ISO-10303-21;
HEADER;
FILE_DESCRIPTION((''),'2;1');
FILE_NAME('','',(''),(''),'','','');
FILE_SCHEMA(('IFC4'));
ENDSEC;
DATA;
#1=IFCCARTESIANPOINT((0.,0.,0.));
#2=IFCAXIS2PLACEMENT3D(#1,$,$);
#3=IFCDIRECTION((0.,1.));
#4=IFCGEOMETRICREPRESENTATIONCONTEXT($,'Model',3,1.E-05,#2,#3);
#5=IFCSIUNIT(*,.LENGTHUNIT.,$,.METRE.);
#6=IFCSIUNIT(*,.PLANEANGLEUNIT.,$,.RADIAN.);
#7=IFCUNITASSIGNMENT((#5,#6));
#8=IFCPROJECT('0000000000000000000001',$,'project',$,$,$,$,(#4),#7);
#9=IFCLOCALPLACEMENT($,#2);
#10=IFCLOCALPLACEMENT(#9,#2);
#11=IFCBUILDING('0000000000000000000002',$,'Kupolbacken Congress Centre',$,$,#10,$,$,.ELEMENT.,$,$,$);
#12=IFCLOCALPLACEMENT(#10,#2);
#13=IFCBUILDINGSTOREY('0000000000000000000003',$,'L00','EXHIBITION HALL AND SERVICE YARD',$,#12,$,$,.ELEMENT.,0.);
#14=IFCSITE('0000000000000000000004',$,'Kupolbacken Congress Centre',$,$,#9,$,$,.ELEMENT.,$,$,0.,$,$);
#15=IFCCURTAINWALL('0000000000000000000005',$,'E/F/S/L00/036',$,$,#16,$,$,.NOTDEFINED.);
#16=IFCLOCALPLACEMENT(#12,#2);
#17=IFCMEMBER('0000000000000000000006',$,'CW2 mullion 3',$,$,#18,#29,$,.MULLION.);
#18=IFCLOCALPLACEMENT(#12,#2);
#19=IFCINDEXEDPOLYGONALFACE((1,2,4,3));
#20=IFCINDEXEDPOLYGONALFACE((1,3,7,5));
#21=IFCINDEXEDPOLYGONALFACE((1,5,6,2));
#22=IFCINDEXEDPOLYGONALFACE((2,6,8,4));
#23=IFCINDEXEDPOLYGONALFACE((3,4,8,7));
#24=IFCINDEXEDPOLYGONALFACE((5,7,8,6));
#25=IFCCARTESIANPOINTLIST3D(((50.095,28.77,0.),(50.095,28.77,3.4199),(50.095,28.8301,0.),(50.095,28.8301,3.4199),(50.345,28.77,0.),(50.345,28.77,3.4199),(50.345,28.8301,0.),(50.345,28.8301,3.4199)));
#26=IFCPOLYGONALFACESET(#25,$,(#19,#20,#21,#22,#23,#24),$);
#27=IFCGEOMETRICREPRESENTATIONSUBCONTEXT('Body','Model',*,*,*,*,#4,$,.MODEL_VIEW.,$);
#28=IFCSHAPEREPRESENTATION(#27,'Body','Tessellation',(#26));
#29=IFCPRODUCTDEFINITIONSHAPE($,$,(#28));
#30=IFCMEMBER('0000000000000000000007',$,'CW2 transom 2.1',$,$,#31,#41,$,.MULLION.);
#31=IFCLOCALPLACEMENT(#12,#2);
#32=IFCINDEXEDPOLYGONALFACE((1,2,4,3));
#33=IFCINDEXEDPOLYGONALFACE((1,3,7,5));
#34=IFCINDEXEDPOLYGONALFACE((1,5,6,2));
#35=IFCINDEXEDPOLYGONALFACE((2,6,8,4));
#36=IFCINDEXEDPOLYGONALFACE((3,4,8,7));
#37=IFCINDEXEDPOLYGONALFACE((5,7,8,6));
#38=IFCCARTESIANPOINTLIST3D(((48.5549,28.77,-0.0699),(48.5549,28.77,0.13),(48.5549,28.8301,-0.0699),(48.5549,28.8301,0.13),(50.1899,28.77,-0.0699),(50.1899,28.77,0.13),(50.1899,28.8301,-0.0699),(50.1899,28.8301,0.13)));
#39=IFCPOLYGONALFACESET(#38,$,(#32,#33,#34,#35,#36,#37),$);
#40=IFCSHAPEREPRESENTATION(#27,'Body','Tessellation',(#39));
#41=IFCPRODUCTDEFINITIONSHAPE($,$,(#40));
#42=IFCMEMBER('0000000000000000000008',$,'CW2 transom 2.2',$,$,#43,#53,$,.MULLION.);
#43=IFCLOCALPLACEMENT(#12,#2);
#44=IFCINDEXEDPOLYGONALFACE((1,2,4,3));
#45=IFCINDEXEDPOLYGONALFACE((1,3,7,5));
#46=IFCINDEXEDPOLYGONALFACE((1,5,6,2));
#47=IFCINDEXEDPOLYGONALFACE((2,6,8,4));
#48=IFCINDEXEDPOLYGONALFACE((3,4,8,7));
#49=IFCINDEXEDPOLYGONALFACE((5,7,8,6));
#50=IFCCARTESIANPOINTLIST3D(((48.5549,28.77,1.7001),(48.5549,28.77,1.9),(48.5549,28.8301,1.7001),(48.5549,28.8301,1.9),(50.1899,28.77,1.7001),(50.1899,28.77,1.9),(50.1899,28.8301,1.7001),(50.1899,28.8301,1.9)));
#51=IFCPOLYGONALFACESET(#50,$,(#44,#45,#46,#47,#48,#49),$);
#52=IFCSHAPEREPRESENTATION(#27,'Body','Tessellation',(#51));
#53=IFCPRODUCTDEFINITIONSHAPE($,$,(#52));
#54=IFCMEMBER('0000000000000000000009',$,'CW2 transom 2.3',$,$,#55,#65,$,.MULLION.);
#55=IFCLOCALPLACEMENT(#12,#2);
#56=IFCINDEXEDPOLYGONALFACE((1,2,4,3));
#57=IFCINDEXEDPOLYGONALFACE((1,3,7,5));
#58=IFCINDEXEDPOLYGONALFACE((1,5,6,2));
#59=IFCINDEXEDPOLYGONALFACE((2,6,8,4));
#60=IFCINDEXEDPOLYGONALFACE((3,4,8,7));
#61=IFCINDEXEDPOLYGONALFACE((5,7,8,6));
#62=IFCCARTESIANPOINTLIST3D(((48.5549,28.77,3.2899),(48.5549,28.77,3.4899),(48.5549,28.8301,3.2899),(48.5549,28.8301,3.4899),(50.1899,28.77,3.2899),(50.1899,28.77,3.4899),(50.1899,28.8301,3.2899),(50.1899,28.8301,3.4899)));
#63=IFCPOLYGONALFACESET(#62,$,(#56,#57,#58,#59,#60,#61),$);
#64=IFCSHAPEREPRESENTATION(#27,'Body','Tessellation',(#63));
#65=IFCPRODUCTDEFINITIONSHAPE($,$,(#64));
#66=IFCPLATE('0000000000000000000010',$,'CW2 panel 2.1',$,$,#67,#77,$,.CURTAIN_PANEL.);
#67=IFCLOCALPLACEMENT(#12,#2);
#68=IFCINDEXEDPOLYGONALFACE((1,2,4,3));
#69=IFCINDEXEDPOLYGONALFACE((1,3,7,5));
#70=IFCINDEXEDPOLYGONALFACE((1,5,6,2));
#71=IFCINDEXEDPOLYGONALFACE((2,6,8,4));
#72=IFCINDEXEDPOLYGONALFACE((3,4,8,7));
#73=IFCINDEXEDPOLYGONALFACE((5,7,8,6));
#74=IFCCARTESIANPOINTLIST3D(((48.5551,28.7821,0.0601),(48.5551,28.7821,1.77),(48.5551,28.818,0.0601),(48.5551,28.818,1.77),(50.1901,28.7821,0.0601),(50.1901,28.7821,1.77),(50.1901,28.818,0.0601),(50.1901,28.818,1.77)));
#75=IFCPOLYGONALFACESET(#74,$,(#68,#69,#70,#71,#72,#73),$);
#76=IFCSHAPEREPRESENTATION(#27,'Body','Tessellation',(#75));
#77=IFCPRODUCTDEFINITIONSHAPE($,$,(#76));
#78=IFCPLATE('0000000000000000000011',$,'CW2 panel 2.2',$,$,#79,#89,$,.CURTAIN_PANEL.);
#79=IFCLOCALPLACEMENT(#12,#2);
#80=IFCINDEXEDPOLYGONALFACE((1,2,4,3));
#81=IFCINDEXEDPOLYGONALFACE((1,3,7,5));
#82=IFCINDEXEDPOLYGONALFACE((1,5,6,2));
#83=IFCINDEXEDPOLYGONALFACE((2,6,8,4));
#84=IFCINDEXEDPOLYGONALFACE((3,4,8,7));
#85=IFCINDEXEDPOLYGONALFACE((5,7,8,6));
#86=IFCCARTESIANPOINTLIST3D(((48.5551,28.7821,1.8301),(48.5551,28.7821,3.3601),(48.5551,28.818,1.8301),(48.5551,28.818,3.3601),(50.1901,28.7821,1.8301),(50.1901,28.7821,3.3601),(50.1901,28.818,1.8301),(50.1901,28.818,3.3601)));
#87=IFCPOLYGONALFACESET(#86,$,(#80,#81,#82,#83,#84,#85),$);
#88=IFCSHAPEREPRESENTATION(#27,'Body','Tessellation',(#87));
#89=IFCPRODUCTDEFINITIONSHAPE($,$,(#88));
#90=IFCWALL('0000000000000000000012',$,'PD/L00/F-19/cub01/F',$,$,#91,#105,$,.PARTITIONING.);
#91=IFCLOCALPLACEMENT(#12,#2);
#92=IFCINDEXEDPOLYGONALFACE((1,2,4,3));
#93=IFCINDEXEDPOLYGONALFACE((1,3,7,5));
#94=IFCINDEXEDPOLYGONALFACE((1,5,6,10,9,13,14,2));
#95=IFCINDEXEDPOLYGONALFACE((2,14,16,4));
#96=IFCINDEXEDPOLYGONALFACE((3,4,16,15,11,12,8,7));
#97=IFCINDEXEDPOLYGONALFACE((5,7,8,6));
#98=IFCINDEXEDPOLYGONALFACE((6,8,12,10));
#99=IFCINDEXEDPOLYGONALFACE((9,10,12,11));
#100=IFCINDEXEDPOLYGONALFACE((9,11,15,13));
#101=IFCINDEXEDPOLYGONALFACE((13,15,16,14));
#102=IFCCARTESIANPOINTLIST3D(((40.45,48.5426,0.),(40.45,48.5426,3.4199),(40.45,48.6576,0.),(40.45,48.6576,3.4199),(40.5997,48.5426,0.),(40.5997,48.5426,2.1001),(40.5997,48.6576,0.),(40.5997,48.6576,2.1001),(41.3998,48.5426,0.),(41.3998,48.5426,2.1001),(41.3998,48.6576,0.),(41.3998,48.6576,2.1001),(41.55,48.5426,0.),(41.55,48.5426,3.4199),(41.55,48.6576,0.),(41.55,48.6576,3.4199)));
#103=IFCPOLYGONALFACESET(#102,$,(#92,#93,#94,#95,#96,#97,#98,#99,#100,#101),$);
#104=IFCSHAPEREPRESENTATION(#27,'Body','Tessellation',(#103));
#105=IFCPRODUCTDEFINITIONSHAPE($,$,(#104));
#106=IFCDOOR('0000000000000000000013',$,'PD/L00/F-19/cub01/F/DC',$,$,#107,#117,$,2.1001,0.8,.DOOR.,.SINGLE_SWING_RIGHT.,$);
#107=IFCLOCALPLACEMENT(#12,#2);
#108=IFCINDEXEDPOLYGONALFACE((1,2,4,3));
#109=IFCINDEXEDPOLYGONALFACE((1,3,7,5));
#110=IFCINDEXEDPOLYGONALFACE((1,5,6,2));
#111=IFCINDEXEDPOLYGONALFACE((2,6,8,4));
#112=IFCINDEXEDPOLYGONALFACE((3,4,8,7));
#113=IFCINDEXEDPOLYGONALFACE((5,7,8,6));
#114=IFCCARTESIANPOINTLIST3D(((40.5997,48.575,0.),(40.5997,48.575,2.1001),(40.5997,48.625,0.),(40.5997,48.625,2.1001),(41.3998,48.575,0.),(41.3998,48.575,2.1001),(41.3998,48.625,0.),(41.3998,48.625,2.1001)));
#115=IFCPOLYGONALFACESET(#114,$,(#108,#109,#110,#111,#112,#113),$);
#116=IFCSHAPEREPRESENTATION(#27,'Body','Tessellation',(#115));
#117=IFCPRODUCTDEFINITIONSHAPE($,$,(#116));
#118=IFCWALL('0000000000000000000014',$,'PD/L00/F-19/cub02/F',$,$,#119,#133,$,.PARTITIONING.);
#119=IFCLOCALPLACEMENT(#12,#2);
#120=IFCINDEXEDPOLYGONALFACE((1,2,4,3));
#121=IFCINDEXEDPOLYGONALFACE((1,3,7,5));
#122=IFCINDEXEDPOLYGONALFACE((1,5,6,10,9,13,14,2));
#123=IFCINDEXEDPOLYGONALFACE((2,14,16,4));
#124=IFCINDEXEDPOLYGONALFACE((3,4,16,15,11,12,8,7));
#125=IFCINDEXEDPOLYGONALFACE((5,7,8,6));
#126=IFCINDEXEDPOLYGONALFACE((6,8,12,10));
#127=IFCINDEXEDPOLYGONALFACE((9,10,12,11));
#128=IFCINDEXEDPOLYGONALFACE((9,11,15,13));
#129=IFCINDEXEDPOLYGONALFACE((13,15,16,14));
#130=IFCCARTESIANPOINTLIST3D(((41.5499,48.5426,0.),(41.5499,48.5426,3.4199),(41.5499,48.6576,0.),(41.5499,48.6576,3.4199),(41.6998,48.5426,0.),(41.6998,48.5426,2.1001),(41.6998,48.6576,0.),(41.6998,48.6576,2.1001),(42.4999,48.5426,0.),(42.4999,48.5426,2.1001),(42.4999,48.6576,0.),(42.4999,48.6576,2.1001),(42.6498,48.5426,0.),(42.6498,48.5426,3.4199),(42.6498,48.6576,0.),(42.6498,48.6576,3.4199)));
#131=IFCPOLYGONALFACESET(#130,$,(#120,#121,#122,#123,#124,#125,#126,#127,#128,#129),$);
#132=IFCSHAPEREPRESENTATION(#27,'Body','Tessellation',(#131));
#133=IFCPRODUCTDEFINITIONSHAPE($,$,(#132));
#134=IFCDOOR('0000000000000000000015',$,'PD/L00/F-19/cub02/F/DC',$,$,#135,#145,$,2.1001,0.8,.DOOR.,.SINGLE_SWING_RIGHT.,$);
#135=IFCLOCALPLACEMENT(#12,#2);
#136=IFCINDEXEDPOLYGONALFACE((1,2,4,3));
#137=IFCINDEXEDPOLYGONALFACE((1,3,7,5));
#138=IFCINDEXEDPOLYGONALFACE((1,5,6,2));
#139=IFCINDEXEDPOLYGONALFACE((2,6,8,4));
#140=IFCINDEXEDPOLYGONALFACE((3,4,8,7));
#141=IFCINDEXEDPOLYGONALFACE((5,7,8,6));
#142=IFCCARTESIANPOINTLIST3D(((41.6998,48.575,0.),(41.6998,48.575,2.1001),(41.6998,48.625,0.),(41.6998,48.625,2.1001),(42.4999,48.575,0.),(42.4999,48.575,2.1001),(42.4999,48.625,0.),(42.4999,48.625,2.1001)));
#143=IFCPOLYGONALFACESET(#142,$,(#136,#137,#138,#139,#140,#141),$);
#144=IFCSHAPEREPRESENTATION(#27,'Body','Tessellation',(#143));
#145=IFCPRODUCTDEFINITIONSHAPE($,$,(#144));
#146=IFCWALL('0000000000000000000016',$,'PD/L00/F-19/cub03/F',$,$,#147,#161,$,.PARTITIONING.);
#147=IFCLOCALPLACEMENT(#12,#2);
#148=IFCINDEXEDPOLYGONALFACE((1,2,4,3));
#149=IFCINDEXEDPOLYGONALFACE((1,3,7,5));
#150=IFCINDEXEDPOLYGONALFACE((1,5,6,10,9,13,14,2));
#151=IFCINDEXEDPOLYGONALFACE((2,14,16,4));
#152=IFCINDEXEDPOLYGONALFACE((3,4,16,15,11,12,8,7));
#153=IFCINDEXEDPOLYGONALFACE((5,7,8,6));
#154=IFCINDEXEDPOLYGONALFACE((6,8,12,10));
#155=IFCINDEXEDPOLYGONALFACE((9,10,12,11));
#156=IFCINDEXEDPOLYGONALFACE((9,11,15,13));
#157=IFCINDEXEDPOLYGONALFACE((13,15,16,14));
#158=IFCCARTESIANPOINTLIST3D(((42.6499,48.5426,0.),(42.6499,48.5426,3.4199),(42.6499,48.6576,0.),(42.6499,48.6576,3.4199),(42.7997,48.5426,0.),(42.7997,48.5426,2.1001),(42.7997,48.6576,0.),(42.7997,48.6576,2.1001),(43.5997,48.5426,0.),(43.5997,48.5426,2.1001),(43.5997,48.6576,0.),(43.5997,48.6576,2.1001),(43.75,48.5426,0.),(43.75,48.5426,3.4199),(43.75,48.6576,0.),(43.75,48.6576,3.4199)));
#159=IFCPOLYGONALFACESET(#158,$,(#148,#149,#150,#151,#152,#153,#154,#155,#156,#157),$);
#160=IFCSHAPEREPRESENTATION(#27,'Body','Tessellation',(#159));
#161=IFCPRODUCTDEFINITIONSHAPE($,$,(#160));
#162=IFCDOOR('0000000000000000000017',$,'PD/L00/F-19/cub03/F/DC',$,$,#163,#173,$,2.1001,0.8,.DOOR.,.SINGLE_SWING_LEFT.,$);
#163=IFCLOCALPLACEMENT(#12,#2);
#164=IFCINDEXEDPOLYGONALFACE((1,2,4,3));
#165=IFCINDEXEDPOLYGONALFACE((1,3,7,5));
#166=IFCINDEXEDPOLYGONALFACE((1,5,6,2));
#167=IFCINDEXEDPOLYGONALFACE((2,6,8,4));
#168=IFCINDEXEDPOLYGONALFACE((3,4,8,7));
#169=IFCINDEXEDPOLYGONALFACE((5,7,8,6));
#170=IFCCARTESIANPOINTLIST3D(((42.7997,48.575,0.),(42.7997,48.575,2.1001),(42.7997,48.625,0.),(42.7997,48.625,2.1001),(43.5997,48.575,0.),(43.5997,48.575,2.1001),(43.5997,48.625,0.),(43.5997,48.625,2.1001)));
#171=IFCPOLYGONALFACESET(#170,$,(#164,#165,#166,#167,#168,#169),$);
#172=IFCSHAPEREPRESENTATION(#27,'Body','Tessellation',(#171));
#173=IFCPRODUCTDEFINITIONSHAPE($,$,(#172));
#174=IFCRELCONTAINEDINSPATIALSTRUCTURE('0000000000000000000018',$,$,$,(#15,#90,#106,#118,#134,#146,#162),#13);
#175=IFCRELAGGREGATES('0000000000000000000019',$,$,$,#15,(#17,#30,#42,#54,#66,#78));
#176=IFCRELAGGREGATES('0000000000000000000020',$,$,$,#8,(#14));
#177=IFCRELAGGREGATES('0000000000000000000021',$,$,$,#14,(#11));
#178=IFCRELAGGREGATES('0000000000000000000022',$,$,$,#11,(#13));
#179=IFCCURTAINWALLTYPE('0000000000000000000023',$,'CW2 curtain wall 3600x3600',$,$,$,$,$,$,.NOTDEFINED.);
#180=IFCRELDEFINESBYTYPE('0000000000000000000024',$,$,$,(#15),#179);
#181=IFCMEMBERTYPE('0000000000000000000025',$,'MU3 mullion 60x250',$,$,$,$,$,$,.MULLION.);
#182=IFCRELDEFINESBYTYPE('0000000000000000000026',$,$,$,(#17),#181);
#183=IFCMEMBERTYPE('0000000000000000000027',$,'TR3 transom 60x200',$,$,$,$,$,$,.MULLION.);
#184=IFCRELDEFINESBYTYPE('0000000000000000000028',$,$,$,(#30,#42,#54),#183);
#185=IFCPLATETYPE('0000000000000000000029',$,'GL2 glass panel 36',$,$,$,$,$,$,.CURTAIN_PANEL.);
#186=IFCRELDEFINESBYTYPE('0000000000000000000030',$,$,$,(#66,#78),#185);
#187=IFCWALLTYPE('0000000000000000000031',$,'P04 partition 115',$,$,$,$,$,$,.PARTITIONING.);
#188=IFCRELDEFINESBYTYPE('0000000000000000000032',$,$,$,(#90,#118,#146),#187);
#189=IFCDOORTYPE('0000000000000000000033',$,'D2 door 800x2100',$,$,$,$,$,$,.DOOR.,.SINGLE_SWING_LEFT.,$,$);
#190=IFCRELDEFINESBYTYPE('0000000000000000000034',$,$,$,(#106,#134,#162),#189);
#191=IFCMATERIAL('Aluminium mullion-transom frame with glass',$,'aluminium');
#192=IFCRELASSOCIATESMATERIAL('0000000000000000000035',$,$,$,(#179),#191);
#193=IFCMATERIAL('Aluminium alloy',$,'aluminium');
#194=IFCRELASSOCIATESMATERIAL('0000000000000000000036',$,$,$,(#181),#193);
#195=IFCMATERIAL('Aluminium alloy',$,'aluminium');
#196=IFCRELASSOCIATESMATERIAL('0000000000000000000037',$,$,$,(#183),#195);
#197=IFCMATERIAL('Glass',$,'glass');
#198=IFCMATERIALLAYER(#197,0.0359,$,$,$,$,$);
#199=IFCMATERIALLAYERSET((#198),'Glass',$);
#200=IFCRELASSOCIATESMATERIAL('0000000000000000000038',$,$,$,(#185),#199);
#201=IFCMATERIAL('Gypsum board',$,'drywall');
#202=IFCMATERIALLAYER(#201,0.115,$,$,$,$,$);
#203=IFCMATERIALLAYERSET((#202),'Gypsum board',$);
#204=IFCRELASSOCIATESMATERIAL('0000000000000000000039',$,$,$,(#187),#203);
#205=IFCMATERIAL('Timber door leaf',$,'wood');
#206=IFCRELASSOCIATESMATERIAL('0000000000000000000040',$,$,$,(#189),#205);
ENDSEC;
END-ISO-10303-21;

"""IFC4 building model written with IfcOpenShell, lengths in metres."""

from ifc_helpers import new_model, si_unit, direction, frame, frame_2d, origin, origin_2d, place, context, subcontext, project, spatial, rectangle, extrude, material, layer, layer_set, material_profile, profile_set, type_object, element, fill, aggregate, save


model = new_model("IFC4")

# Units and contexts
model_context = context("Model", 3, precision=1e-05, world=origin(), true_north=direction((0.0, 1.0)))
body_context = subcontext(model_context, "Body", "Model", "MODEL_VIEW")
ifc_project = project(units=[si_unit("LENGTHUNIT", "METRE"), si_unit("PLANEANGLEUNIT", "RADIAN")], contexts=[model_context])

# Site, building, storey
site_placement = place(None, origin())
site = spatial("IfcSite", under=ifc_project, at=site_placement, Name="Kupolbacken Congress Centre", CompositionType="ELEMENT", RefElevation=0.0)
building_placement = place(site_placement, origin())
building = spatial("IfcBuilding", under=site, at=building_placement, Name="Kupolbacken Congress Centre", CompositionType="ELEMENT")
storey_placement = place(building_placement, origin())
storey = spatial("IfcBuildingStorey", under=building, at=storey_placement, Name="L00", Description="EXHIBITION HALL AND SERVICE YARD", CompositionType="ELEMENT", Elevation=0.0)

# Curtain wall, members, plates
ifc_material_1 = material(Name="Aluminium mullion-transom frame with glass", Category="aluminium")
curtain_wall_type = type_object("IfcCurtainWallType", Name="CW2 curtain wall 3600x3600", PredefinedType="NOTDEFINED", material=ifc_material_1)
curtain_wall_placement = place(storey_placement, origin())
curtain_wall = element("IfcCurtainWall", 1, at=curtain_wall_placement, inside=storey, type_object=curtain_wall_type, Name="E/F/S/L00/036", PredefinedType="NOTDEFINED")
ifc_material_2 = material(Name="Aluminium alloy", Category="aluminium")
ifc_material_profile_1 = material_profile(ifc_material_2, rectangle(XDim=0.0601, YDim=0.25, at=origin_2d()), Name="60 x 250")
ifc_profile_set_1 = profile_set([ifc_material_profile_1], Name="Aluminium alloy")
member_type_1 = type_object("IfcMemberType", Name="MU3 mullion 60x250", PredefinedType="MULLION", material=ifc_profile_set_1)
member_1_placement = place(storey_placement, frame((50.22, 28.8, 0.0), z_axis=(0.0, 0.0, 1.0), x_axis=(0.0, 1.0, 0.0)))
member_1 = element("IfcMember", 2, at=member_1_placement, type_object=member_type_1, Name="CW2 mullion 3", PredefinedType="MULLION", context=body_context, shape_type="SweptSolid", body=[
    extrude(rectangle(XDim=0.0601, YDim=0.25, at=origin_2d()), origin(), (0.0, 0.0, 1.0), 3.4199),
])
ifc_material_3 = material(Name="Aluminium alloy", Category="aluminium")
ifc_material_profile_2 = material_profile(ifc_material_3, rectangle(XDim=0.0601, YDim=0.2, at=origin_2d()), Name="60 x 200")
ifc_profile_set_2 = profile_set([ifc_material_profile_2], Name="Aluminium alloy")
member_type_2 = type_object("IfcMemberType", Name="TR3 transom 60x200", PredefinedType="MULLION", material=ifc_profile_set_2)
member_2_placement = place(storey_placement, frame((48.5549, 28.8, 0.03), z_axis=(1.0, 0.0, 0.0), x_axis=(0.0, 1.0, 0.0)))
member_2 = element("IfcMember", 3, at=member_2_placement, type_object=member_type_2, Name="CW2 transom 2.1", PredefinedType="MULLION", context=body_context, shape_type="SweptSolid", body=[
    extrude(rectangle(XDim=0.0601, YDim=0.2, at=origin_2d()), origin(), (0.0, 0.0, 1.0), 1.635),
])
member_3_placement = place(storey_placement, frame((48.5549, 28.8, 1.8), z_axis=(1.0, 0.0, 0.0), x_axis=(0.0, 1.0, 0.0)))
member_3 = element("IfcMember", 4, at=member_3_placement, type_object=member_type_2, Name="CW2 transom 2.2", PredefinedType="MULLION", context=body_context, shape_type="SweptSolid", body=[
    extrude(rectangle(XDim=0.0601, YDim=0.2, at=origin_2d()), origin(), (0.0, 0.0, 1.0), 1.635),
])
member_4_placement = place(storey_placement, frame((48.5549, 28.8, 3.3899), z_axis=(1.0, 0.0, 0.0), x_axis=(0.0, 1.0, 0.0)))
member_4 = element("IfcMember", 5, at=member_4_placement, type_object=member_type_2, Name="CW2 transom 2.3", PredefinedType="MULLION", context=body_context, shape_type="SweptSolid", body=[
    extrude(rectangle(XDim=0.0601, YDim=0.2, at=origin_2d()), origin(), (0.0, 0.0, 1.0), 1.635),
])
ifc_material_4 = material(Name="Glass", Category="glass")
ifc_layer_1 = layer(ifc_material_4, 0.0359)
ifc_layer_set_1 = layer_set([ifc_layer_1], Name="Glass")
plate_type = type_object("IfcPlateType", Name="GL2 glass panel 36", PredefinedType="CURTAIN_PANEL", material=ifc_layer_set_1)
plate_1_placement = place(storey_placement, frame((49.3726, 28.8, 0.0601), z_axis=(0.0, 0.0, 1.0), x_axis=(1.0, 0.0, 0.0)))
plate_1 = element("IfcPlate", 6, at=plate_1_placement, type_object=plate_type, Name="CW2 panel 2.1", PredefinedType="CURTAIN_PANEL", context=body_context, shape_type="SweptSolid", body=[
    extrude(rectangle(XDim=1.635, YDim=0.0359, at=origin_2d()), origin(), (0.0, 0.0, 1.0), 1.71),
])
plate_2_placement = place(storey_placement, frame((49.3726, 28.8, 1.8301), z_axis=(0.0, 0.0, 1.0), x_axis=(1.0, 0.0, 0.0)))
plate_2 = element("IfcPlate", 7, at=plate_2_placement, type_object=plate_type, Name="CW2 panel 2.2", PredefinedType="CURTAIN_PANEL", context=body_context, shape_type="SweptSolid", body=[
    extrude(rectangle(XDim=1.635, YDim=0.0359, at=origin_2d()), origin(), (0.0, 0.0, 1.0), 1.53),
])
aggregate(curtain_wall, [member_1, member_2, member_3, member_4, plate_1, plate_2])

# Walls, openings, doors
ifc_material_5 = material(Name="Gypsum board", Category="drywall")
ifc_layer_2 = layer(ifc_material_5, 0.115)
ifc_layer_set_2 = layer_set([ifc_layer_2], Name="Gypsum board")
wall_type_1 = type_object("IfcWallType", Name="P04 partition 115", PredefinedType="PARTITIONING", material=ifc_layer_set_2)
wall_1_placement = place(storey_placement, frame((40.45, 48.6001, 0.0), z_axis=(0.0, 0.0, 1.0), x_axis=(1.0, 0.0, 0.0)))
wall_1 = element("IfcWall", 8, at=wall_1_placement, inside=storey, type_object=wall_type_1, Name="PD/L00/F-19/cub01/F", PredefinedType="PARTITIONING", context=body_context, shape_type="SweptSolid", body=[
    extrude(rectangle(XDim=1.1001, YDim=0.115, at=frame_2d((0.55, 0.0))), origin(), (0.0, 0.0, 1.0), 3.4199),
])
opening_1_placement = place(wall_1_placement, frame((0.1499, 0.0, 0.0)))
opening_1 = element("IfcOpeningElement", 9, at=opening_1_placement, cuts=wall_1, PredefinedType="OPENING", context=body_context, shape_type="SweptSolid", body=[
    extrude(rectangle(XDim=0.8, YDim=2.1001, at=frame_2d((0.3999, 1.05))), frame((0.0, 0.0674, 0.0), z_axis=(0.0, -1.0, 0.0), x_axis=(1.0, 0.0, 0.0)), (0.0, 0.0, 1.0), 0.135),
])
ifc_material_6 = material(Name="Timber door leaf", Category="wood")
door_type_1 = type_object("IfcDoorType", Name="D2 door 800x2100", OperationType="SINGLE_SWING_LEFT", PredefinedType="DOOR", material=ifc_material_6)
door_1_placement = place(opening_1_placement, origin())
door_1 = element("IfcDoor", 10, at=door_1_placement, inside=storey, type_object=door_type_1, Name="PD/L00/F-19/cub01/F/DC", OperationType="SINGLE_SWING_RIGHT", OverallHeight=2.1001, OverallWidth=0.8, PredefinedType="DOOR", context=body_context, shape_type="SweptSolid", body=[
    extrude(rectangle(XDim=0.8, YDim=2.1001, at=frame_2d((0.3999, 1.05))), frame((0.0, 0.0249, 0.0), z_axis=(0.0, -1.0, 0.0), x_axis=(1.0, 0.0, 0.0)), (0.0, 0.0, 1.0), 0.05),
])
fill(opening_1, door_1)
wall_2_placement = place(storey_placement, frame((41.55, 48.6001, 0.0), z_axis=(0.0, 0.0, 1.0), x_axis=(1.0, 0.0, 0.0)))
wall_2 = element("IfcWall", 11, at=wall_2_placement, inside=storey, type_object=wall_type_1, Name="PD/L00/F-19/cub02/F", PredefinedType="PARTITIONING", context=body_context, shape_type="SweptSolid", body=[
    extrude(rectangle(XDim=1.0999, YDim=0.115, at=frame_2d((0.5498, 0.0))), origin(), (0.0, 0.0, 1.0), 3.4199),
])
opening_2_placement = place(wall_2_placement, frame((0.1499, 0.0, 0.0)))
opening_2 = element("IfcOpeningElement", 12, at=opening_2_placement, cuts=wall_2, PredefinedType="OPENING", context=body_context, shape_type="SweptSolid", body=[
    extrude(rectangle(XDim=0.8, YDim=2.1001, at=frame_2d((0.3999, 1.05))), frame((0.0, 0.0674, 0.0), z_axis=(0.0, -1.0, 0.0), x_axis=(1.0, 0.0, 0.0)), (0.0, 0.0, 1.0), 0.135),
])
door_2_placement = place(opening_2_placement, origin())
door_2 = element("IfcDoor", 13, at=door_2_placement, inside=storey, type_object=door_type_1, Name="PD/L00/F-19/cub02/F/DC", OperationType="SINGLE_SWING_RIGHT", OverallHeight=2.1001, OverallWidth=0.8, PredefinedType="DOOR", context=body_context, shape_type="SweptSolid", body=[
    extrude(rectangle(XDim=0.8, YDim=2.1001, at=frame_2d((0.3999, 1.05))), frame((0.0, 0.0249, 0.0), z_axis=(0.0, -1.0, 0.0), x_axis=(1.0, 0.0, 0.0)), (0.0, 0.0, 1.0), 0.05),
])
fill(opening_2, door_2)
wall_3_placement = place(storey_placement, frame((42.6499, 48.6001, 0.0), z_axis=(0.0, 0.0, 1.0), x_axis=(1.0, 0.0, 0.0)))
wall_3 = element("IfcWall", 14, at=wall_3_placement, inside=storey, type_object=wall_type_1, Name="PD/L00/F-19/cub03/F", PredefinedType="PARTITIONING", context=body_context, shape_type="SweptSolid", body=[
    extrude(rectangle(XDim=1.1001, YDim=0.115, at=frame_2d((0.55, 0.0))), origin(), (0.0, 0.0, 1.0), 3.4199),
])
opening_3_placement = place(wall_3_placement, frame((0.1499, 0.0, 0.0)))
opening_3 = element("IfcOpeningElement", 15, at=opening_3_placement, cuts=wall_3, PredefinedType="OPENING", context=body_context, shape_type="SweptSolid", body=[
    extrude(rectangle(XDim=0.8, YDim=2.1001, at=frame_2d((0.3999, 1.05))), frame((0.0, 0.0674, 0.0), z_axis=(0.0, -1.0, 0.0), x_axis=(1.0, 0.0, 0.0)), (0.0, 0.0, 1.0), 0.135),
])
door_3_placement = place(opening_3_placement, origin())
door_3 = element("IfcDoor", 16, at=door_3_placement, inside=storey, type_object=door_type_1, Name="PD/L00/F-19/cub03/F/DC", OperationType="SINGLE_SWING_LEFT", OverallHeight=2.1001, OverallWidth=0.8, PredefinedType="DOOR", context=body_context, shape_type="SweptSolid", body=[
    extrude(rectangle(XDim=0.8, YDim=2.1001, at=frame_2d((0.3999, 1.05))), frame((0.0, 0.0249, 0.0), z_axis=(0.0, -1.0, 0.0), x_axis=(1.0, 0.0, 0.0)), (0.0, 0.0, 1.0), 0.05),
])
fill(opening_3, door_3)

save(model, "model.ifc")
